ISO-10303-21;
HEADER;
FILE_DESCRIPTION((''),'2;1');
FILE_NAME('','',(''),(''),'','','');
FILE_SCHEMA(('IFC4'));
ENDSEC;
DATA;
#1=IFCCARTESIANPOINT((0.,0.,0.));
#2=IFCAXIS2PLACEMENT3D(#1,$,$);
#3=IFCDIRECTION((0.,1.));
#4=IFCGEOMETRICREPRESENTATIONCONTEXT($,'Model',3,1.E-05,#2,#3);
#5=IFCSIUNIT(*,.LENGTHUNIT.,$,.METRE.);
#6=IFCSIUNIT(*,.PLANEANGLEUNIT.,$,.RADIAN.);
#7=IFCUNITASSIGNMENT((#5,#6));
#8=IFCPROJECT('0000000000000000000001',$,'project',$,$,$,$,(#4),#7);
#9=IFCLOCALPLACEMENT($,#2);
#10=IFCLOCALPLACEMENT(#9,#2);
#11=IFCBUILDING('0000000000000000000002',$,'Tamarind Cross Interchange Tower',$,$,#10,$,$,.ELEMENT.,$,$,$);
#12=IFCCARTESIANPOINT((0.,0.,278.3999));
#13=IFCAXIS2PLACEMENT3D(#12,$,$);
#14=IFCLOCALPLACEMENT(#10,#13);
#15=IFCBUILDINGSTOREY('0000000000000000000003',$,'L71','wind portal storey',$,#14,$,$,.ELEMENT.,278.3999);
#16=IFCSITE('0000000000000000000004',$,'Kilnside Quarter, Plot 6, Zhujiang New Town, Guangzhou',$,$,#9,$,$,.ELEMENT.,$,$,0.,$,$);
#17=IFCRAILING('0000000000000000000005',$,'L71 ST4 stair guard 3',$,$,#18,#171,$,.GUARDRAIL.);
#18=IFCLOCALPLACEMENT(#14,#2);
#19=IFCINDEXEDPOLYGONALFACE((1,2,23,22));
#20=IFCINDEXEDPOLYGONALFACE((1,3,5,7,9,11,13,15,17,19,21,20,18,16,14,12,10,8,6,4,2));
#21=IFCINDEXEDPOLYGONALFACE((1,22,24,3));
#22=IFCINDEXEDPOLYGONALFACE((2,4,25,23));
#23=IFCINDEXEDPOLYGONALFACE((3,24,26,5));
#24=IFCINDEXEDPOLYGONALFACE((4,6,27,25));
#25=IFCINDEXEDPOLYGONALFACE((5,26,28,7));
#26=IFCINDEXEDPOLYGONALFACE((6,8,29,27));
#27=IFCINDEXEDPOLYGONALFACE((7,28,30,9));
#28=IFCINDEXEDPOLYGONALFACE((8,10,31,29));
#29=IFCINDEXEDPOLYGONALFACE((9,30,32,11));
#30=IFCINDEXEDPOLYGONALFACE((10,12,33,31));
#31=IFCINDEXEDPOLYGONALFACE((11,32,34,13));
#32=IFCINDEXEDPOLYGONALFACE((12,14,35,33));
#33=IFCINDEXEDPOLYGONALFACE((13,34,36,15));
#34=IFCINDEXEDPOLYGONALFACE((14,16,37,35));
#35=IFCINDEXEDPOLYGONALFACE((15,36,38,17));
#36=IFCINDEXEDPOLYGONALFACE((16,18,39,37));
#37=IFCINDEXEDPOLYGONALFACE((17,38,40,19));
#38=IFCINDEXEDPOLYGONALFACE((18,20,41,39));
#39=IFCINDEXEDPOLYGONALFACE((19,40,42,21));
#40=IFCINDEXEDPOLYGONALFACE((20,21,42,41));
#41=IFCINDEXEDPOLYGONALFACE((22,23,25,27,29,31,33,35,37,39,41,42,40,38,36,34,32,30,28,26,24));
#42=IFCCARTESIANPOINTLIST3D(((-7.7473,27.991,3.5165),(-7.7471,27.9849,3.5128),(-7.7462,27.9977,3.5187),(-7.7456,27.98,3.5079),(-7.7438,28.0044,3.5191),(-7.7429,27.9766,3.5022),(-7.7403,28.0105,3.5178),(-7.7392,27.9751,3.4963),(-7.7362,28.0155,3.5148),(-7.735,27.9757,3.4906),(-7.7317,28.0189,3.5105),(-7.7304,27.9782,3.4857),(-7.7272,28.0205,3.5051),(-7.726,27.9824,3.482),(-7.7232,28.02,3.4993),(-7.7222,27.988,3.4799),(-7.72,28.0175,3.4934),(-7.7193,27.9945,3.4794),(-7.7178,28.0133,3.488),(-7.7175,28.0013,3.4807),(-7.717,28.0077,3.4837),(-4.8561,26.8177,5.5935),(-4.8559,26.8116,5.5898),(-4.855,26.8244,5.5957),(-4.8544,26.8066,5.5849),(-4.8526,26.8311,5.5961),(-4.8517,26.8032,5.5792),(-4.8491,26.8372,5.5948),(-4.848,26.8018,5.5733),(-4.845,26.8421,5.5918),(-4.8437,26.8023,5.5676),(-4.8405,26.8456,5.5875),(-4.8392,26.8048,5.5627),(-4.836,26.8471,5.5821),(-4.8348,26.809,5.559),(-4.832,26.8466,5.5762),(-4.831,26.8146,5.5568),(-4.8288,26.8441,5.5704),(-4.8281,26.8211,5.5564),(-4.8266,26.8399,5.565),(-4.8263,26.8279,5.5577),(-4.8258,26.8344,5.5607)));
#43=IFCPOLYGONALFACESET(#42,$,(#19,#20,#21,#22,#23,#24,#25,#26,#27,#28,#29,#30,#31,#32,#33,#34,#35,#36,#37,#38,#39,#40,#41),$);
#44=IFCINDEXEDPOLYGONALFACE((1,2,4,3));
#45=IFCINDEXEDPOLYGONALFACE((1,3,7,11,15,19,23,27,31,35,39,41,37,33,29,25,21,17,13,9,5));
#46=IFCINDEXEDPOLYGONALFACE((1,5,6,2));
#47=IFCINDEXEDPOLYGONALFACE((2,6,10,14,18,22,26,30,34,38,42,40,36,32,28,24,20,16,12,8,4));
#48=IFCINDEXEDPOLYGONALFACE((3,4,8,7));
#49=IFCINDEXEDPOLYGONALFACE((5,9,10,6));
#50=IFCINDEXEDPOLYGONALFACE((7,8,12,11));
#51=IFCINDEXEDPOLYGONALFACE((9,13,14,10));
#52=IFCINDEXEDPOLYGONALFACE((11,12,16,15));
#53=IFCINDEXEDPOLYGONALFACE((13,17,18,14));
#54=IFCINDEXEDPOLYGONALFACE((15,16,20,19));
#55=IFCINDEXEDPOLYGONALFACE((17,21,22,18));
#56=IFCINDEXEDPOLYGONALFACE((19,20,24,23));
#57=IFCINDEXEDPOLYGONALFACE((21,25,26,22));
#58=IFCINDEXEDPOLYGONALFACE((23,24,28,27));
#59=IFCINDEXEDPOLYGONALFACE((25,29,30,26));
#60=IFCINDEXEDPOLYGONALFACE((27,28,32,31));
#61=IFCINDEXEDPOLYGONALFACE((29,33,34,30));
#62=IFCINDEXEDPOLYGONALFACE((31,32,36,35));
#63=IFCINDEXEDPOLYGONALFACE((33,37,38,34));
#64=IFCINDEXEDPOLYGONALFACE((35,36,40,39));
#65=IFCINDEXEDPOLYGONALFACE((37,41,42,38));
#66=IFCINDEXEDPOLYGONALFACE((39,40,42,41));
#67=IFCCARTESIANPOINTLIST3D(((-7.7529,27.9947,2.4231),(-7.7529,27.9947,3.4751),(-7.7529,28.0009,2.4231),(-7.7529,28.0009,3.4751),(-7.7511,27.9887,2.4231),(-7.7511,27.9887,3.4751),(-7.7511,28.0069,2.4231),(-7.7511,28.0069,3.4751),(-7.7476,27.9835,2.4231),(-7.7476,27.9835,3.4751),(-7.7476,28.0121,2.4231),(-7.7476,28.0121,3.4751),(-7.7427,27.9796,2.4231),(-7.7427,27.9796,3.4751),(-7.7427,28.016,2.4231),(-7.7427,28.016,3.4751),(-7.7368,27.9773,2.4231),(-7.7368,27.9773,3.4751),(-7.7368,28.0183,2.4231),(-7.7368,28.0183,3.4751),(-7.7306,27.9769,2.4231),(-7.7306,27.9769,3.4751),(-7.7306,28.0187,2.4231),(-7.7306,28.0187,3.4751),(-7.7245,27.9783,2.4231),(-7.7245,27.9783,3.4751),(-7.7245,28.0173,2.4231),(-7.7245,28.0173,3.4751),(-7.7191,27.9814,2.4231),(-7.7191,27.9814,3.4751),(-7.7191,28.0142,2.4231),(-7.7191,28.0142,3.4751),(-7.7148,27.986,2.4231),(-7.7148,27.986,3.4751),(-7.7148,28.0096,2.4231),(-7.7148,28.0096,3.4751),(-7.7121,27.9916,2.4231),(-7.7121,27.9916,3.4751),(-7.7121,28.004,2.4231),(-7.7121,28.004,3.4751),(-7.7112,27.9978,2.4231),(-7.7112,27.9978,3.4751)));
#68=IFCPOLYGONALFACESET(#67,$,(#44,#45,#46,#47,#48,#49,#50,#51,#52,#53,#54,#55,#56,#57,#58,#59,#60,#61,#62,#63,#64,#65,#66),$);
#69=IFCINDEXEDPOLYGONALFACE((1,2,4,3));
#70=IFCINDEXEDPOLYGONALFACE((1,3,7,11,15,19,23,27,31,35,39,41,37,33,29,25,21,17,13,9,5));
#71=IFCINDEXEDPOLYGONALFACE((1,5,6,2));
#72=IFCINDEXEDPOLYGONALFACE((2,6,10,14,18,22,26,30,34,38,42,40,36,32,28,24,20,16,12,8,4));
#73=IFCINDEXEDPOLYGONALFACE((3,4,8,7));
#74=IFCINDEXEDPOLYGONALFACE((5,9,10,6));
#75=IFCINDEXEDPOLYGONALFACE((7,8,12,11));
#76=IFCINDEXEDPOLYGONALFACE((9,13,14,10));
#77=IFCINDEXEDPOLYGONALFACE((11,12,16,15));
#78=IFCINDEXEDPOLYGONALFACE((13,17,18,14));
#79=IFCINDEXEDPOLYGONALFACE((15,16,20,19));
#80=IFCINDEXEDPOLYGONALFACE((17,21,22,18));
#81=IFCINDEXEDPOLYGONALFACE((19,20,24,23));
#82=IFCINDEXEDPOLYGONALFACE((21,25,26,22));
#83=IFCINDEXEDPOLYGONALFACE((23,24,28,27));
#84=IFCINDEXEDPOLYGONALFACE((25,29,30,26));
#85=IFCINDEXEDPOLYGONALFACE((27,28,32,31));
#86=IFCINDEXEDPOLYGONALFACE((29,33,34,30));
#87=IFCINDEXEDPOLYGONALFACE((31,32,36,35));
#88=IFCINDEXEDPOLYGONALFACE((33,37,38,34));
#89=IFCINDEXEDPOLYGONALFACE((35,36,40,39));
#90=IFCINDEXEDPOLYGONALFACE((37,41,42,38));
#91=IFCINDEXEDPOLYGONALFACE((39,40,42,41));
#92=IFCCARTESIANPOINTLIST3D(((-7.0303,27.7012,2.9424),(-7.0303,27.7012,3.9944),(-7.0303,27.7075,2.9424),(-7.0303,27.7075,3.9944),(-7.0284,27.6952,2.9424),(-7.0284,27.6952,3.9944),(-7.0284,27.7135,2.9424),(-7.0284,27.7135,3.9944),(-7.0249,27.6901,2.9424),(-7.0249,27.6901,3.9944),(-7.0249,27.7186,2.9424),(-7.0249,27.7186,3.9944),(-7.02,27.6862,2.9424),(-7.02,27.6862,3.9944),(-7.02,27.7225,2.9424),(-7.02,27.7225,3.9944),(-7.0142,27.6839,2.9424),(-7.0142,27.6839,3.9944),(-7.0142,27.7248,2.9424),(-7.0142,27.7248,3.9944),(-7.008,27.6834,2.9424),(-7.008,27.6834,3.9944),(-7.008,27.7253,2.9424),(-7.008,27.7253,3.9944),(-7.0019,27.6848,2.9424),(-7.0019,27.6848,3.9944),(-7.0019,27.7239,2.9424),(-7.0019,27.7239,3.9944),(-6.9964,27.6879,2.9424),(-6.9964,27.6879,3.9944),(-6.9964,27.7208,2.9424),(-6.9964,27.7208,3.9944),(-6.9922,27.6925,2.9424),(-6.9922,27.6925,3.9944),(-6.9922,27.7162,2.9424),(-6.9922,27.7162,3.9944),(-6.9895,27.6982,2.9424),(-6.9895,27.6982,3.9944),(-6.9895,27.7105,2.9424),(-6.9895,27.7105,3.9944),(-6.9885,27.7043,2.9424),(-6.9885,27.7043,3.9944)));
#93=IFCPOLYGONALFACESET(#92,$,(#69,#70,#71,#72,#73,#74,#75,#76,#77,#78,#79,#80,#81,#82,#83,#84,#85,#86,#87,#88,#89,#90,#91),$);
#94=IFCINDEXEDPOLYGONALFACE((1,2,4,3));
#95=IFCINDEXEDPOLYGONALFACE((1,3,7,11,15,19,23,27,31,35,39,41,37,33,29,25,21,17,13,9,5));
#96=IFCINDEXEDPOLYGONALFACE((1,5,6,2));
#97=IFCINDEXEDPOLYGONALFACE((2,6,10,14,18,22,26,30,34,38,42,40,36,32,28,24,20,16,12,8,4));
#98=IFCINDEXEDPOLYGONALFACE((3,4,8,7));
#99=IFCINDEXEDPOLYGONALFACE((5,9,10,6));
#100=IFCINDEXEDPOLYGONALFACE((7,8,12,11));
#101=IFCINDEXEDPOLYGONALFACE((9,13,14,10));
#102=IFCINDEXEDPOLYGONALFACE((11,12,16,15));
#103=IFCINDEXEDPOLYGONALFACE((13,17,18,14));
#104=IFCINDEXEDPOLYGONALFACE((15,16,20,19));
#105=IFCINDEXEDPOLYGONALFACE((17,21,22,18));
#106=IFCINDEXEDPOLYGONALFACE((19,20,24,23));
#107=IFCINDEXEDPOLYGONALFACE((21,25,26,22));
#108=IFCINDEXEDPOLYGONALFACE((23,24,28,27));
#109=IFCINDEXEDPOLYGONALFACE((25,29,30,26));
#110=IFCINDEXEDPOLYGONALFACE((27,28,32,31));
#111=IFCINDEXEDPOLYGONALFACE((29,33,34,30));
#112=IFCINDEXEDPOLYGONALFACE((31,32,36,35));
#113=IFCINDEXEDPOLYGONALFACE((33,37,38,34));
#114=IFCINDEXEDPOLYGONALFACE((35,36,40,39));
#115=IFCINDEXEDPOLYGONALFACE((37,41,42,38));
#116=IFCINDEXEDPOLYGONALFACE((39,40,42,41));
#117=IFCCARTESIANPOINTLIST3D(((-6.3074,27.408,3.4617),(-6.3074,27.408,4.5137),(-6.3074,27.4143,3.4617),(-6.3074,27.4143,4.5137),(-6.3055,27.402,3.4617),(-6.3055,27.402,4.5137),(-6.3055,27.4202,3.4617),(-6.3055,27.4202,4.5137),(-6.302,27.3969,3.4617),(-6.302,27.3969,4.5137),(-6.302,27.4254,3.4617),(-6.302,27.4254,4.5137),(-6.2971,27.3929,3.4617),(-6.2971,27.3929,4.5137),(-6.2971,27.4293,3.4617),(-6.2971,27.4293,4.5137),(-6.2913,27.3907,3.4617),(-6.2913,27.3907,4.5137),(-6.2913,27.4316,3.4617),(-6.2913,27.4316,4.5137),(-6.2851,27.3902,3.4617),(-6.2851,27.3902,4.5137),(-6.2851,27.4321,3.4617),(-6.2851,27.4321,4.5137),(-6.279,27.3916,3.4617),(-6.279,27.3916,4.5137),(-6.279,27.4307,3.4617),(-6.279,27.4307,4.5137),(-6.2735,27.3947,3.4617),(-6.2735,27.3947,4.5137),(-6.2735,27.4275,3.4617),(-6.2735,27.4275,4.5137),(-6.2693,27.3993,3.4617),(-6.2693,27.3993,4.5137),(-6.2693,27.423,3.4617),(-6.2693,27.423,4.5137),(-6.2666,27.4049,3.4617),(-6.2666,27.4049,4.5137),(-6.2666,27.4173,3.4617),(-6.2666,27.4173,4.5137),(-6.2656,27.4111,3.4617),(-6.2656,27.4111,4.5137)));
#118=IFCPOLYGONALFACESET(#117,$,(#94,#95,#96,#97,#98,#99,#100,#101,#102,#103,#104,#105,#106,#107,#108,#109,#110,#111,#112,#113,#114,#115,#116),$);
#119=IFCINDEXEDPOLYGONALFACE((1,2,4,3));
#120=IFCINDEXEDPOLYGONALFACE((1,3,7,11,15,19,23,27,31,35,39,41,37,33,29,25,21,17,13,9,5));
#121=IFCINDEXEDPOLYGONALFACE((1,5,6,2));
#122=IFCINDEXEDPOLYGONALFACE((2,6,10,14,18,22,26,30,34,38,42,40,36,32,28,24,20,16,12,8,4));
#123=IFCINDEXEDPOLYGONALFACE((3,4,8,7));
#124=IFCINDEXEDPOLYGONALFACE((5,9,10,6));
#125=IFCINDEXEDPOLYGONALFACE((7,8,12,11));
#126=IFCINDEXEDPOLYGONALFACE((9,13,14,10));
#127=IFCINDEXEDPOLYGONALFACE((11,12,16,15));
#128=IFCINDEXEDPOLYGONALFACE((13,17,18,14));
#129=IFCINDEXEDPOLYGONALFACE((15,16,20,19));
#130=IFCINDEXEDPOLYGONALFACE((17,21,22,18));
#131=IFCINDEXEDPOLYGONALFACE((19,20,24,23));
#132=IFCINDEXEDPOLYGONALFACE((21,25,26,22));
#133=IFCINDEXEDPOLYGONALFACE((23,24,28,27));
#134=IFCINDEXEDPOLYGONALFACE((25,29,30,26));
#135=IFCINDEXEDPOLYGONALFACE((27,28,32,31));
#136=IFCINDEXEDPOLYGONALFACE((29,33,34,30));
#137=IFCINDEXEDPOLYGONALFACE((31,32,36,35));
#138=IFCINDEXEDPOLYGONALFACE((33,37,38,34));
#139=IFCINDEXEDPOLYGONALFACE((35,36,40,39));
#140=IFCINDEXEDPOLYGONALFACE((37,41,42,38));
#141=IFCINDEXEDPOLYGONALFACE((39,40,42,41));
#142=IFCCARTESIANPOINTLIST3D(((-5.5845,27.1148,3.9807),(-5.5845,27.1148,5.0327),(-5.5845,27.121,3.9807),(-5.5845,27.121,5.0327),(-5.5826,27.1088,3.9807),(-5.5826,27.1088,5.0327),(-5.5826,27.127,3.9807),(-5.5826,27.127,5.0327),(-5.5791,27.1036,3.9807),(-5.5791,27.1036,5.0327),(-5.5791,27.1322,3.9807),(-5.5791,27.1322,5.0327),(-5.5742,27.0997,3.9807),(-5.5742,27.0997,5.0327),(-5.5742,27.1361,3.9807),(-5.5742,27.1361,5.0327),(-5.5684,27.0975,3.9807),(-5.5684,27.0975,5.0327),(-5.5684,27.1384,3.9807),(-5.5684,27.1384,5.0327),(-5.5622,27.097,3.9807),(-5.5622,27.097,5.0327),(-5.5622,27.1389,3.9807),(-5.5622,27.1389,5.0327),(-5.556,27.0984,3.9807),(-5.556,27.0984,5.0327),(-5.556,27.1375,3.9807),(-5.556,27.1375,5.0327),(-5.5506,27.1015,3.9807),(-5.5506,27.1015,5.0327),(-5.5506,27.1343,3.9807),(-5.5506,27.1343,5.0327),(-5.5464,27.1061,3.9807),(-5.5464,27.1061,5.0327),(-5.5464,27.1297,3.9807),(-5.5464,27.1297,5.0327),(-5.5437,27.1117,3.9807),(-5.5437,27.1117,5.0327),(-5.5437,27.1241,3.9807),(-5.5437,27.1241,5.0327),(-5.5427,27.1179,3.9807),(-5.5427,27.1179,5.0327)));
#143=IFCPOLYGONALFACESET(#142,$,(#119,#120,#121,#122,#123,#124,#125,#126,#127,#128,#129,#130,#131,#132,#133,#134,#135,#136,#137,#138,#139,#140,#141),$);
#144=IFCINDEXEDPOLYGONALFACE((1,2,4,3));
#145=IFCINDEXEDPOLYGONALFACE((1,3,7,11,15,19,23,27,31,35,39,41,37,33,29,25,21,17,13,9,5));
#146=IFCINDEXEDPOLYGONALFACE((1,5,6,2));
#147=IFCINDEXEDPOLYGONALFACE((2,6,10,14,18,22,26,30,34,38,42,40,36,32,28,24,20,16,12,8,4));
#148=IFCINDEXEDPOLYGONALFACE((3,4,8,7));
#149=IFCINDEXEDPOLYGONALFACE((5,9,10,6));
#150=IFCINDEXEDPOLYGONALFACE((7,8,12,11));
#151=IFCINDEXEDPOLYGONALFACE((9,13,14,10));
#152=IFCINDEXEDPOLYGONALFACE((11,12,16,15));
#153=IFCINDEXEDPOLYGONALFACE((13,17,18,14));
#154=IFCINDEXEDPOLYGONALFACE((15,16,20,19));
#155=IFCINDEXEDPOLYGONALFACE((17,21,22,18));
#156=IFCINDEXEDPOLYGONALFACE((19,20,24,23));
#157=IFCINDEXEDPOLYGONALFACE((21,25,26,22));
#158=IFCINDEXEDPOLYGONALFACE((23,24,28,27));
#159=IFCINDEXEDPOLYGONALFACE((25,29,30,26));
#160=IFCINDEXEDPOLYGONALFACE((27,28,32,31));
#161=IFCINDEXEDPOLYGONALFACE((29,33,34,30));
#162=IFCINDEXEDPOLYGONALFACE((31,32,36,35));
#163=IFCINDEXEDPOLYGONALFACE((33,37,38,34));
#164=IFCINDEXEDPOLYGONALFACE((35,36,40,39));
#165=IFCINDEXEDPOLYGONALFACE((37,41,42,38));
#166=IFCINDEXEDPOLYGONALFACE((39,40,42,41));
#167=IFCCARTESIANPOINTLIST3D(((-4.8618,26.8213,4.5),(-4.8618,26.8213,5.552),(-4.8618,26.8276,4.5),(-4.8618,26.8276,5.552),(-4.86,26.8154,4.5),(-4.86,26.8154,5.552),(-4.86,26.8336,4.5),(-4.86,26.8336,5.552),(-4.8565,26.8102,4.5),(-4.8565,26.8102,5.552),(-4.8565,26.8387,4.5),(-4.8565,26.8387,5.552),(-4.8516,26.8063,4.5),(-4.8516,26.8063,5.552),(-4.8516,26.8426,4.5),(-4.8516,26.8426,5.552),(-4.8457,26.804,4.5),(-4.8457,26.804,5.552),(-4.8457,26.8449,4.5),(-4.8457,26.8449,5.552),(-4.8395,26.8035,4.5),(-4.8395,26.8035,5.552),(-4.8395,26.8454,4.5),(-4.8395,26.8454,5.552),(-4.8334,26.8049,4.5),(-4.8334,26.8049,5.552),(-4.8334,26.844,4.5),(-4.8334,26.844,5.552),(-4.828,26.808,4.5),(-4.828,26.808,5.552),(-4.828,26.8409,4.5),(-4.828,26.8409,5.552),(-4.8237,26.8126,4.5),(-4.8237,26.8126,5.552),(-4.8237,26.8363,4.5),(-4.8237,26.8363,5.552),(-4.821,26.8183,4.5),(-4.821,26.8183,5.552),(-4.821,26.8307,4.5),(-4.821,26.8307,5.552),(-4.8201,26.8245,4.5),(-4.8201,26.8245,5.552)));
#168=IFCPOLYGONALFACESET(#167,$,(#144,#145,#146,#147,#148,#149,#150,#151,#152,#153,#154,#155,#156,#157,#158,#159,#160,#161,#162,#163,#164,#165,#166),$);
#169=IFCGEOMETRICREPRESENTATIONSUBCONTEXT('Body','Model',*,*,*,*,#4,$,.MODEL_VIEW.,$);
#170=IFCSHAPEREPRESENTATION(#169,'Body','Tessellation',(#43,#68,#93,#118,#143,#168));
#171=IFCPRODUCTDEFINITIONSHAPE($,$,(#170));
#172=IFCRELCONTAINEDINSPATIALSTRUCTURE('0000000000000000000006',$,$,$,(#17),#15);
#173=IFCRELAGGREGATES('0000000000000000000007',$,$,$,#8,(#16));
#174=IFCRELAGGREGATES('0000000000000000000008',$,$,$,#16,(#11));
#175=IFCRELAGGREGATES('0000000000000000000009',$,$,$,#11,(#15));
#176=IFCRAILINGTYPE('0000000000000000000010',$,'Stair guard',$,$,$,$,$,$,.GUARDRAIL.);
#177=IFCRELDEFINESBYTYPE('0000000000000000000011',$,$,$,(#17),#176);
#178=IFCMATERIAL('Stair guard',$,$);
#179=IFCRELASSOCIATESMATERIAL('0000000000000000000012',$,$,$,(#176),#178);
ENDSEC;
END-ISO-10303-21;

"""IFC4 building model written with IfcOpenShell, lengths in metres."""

from ifc_helpers import new_model, si_unit, direction, frame, origin, origin_2d, place, context, subcontext, project, spatial, circle, extrude, material, type_object, element, save


model = new_model("IFC4")

# Units and contexts
model_context = context("Model", 3, precision=1e-05, world=origin(), true_north=direction((0.0, 1.0)))
body_context = subcontext(model_context, "Body", "Model", "MODEL_VIEW")
ifc_project = project(units=[si_unit("LENGTHUNIT", "METRE"), si_unit("PLANEANGLEUNIT", "RADIAN")], contexts=[model_context])

# Site, building, storey
site_placement = place(None, origin())
site = spatial("IfcSite", under=ifc_project, at=site_placement, Name="Kilnside Quarter, Plot 6, Zhujiang New Town, Guangzhou", CompositionType="ELEMENT", RefElevation=0.0)
building_placement = place(site_placement, origin())
building = spatial("IfcBuilding", under=site, at=building_placement, Name="Tamarind Cross Interchange Tower", CompositionType="ELEMENT")
storey_placement = place(building_placement, frame((0.0, 0.0, 278.3999)))
storey = spatial("IfcBuildingStorey", under=building, at=storey_placement, Name="L71", Description="wind portal storey", CompositionType="ELEMENT", Elevation=278.3999)

# Railing
ifc_material_1 = material(Name="Stair guard")
railing_type_1 = type_object("IfcRailingType", Name="Stair guard", PredefinedType="GUARDRAIL", material=ifc_material_1)
railing_1_placement = place(storey_placement, frame((-7.7322, 27.9978, 2.4231)))
element("IfcRailing", 1, at=railing_1_placement, inside=storey, type_object=railing_type_1, Name="L71 ST4 stair guard 3", PredefinedType="GUARDRAIL", context=body_context, shape_type="SweptSolid", body=[
    extrude(circle(Radius=0.0239, at=origin_2d()), frame((0.0, 0.0, 1.0762), z_axis=(0.77134, -0.313043, 0.554111), x_axis=(0.376054, 0.926598, 0.0)), (0.0, 0.0, 1.0), 3.7483),
    extrude(circle(Radius=0.021, at=origin_2d()), origin(), (0.0, 0.0, 1.0), 1.052),
    extrude(circle(Radius=0.021, at=origin_2d()), frame((0.7227, -0.2935, 0.5193)), (0.0, 0.0, 1.0), 1.052),
    extrude(circle(Radius=0.021, at=origin_2d()), frame((1.4456, -0.5867, 1.0386)), (0.0, 0.0, 1.0), 1.052),
    extrude(circle(Radius=0.021, at=origin_2d()), frame((2.1685, -0.8799, 1.5576)), (0.0, 0.0, 1.0), 1.052),
    extrude(circle(Radius=0.021, at=origin_2d()), frame((2.8911, -1.1733, 2.0769)), (0.0, 0.0, 1.0), 1.052),
])

save(model, "model.ifc")
